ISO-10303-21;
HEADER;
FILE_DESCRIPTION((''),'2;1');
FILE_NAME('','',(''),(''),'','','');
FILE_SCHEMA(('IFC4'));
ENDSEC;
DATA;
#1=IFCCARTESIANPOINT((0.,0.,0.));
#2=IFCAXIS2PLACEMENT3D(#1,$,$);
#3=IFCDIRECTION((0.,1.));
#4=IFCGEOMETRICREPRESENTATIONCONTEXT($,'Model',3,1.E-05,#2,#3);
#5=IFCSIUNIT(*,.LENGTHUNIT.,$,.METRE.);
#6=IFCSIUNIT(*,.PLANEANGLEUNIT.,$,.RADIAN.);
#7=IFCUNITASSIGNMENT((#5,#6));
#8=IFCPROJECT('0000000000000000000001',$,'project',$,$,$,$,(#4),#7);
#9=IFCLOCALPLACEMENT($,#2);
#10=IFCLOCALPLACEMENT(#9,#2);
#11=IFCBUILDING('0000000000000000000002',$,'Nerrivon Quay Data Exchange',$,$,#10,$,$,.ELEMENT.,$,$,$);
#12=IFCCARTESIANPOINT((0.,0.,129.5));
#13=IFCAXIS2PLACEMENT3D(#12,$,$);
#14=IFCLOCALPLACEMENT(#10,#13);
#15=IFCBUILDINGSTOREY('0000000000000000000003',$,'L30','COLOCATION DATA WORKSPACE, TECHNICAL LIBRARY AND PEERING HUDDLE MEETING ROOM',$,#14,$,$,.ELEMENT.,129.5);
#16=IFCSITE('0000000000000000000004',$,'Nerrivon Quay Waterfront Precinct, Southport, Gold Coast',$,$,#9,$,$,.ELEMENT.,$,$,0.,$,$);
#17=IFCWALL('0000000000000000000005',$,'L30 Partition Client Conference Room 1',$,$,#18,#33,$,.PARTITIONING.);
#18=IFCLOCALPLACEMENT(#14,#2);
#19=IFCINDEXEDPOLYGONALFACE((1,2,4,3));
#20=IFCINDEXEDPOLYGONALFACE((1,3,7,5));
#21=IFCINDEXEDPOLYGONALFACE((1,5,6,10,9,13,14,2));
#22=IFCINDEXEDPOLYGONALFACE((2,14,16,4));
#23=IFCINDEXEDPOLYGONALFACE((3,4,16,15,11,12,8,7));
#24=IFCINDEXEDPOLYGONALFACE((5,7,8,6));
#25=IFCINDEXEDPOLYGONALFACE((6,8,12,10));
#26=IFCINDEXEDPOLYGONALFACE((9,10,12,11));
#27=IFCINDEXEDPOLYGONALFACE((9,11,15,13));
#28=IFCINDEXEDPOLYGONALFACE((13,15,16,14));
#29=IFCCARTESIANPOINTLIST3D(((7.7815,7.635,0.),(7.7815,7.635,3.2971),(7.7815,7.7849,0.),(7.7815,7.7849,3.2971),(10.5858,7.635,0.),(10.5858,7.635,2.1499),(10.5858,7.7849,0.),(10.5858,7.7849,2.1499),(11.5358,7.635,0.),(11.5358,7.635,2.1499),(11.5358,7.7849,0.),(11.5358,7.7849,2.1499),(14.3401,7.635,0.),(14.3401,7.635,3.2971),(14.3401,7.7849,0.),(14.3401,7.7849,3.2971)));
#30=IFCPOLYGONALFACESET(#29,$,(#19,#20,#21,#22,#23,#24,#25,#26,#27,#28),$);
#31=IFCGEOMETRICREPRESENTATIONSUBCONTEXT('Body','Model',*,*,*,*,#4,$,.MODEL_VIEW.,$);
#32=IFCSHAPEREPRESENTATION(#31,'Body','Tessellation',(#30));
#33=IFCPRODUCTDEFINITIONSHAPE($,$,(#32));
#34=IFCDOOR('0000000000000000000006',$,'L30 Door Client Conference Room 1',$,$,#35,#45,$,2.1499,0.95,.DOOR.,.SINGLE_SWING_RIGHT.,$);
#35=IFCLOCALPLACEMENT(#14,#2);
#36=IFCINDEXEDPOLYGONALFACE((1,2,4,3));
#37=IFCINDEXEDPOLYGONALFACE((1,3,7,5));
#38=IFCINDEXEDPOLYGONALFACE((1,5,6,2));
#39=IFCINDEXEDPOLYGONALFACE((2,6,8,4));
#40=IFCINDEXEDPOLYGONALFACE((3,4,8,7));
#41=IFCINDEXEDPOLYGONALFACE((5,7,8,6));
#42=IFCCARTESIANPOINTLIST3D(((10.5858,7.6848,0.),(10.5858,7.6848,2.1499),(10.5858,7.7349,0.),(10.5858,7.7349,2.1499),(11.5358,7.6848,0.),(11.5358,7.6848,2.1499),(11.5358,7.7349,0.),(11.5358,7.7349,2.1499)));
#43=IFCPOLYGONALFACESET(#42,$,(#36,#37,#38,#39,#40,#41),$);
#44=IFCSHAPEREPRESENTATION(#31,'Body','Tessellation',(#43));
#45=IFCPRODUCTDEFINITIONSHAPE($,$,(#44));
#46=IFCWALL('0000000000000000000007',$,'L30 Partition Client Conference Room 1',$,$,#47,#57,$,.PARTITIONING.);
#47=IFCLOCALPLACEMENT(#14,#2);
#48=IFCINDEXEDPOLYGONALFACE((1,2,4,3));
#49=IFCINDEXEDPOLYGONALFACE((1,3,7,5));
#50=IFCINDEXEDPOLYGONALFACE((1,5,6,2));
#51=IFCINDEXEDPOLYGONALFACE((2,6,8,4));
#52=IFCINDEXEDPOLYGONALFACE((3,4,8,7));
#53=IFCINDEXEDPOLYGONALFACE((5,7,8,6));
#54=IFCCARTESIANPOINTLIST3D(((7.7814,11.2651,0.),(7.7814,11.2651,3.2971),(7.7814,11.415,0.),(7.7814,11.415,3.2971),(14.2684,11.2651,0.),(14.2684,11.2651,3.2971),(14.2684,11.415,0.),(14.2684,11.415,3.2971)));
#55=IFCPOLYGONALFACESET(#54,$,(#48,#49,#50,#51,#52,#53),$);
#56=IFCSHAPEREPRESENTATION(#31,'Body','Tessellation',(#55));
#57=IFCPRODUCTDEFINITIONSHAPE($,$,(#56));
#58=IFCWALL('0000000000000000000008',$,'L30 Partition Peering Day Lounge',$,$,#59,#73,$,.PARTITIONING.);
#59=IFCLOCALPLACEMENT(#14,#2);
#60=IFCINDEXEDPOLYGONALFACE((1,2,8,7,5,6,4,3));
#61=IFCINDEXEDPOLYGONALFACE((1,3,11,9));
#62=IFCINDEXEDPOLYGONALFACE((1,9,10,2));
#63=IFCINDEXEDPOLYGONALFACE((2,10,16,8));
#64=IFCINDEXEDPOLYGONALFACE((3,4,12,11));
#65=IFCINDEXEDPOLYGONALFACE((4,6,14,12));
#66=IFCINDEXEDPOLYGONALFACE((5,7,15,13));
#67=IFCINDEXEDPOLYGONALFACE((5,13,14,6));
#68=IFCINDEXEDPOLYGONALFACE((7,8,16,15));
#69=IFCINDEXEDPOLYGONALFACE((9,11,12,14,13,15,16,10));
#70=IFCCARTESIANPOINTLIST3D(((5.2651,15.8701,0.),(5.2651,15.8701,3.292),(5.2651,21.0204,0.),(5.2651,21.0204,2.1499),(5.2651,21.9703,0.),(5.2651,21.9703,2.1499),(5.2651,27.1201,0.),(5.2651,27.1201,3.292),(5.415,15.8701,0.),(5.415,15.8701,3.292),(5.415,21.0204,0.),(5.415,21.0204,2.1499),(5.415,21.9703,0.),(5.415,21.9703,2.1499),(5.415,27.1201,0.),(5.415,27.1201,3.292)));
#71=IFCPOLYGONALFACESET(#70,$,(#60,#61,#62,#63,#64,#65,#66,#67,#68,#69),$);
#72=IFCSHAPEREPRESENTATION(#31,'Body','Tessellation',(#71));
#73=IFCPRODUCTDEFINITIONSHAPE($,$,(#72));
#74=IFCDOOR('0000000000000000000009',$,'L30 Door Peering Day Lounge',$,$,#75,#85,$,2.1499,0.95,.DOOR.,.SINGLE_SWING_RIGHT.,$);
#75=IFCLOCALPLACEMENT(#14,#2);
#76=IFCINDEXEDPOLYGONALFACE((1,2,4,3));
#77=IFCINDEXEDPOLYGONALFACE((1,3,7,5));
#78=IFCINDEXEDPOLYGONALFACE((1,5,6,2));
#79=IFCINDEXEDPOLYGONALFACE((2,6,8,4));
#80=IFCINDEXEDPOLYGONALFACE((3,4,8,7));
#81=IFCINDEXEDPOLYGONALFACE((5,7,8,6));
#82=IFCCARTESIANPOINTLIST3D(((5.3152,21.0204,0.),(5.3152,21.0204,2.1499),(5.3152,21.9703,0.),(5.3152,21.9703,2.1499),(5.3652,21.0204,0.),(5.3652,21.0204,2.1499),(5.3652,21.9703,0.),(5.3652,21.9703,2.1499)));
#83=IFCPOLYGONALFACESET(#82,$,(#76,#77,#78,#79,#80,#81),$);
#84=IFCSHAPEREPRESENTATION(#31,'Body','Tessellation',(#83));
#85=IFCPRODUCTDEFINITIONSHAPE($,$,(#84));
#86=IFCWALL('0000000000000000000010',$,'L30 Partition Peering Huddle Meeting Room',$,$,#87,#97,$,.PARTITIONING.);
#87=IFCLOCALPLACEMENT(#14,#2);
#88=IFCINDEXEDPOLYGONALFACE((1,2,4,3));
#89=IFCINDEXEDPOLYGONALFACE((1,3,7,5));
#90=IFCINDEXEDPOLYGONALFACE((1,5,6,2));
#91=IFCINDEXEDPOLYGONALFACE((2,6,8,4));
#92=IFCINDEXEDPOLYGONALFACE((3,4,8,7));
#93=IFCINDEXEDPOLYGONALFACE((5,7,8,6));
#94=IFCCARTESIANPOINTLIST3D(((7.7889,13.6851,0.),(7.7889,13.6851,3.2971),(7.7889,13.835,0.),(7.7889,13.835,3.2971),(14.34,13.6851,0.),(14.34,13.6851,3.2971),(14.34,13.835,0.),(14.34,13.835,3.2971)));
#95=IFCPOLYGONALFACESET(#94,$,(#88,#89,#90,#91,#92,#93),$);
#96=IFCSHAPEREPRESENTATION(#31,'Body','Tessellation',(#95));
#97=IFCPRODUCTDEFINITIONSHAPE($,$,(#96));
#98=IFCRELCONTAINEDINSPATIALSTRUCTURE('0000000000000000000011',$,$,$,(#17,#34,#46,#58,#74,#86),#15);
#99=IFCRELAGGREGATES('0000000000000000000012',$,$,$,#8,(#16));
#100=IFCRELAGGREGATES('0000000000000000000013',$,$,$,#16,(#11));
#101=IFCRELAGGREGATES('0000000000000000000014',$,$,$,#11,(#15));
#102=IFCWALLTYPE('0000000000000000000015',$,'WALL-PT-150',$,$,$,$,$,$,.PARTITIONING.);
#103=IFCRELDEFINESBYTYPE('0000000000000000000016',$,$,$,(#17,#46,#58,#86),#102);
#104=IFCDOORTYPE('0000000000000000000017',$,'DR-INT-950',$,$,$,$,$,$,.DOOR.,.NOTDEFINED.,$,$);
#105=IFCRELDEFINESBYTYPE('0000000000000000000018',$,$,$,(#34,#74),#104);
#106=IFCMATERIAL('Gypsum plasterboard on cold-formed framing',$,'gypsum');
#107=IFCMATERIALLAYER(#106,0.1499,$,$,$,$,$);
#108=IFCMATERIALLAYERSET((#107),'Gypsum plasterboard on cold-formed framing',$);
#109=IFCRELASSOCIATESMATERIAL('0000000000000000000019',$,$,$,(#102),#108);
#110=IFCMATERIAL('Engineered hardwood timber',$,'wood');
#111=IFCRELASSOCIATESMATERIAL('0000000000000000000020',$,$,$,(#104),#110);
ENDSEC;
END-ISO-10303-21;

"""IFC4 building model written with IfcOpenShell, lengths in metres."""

from ifc_helpers import new_model, si_unit, direction, frame, frame_2d, origin, place, context, subcontext, project, spatial, rectangle, extrude, material, layer, layer_set, type_object, element, fill, save


model = new_model("IFC4")

# Units and contexts
model_context = context("Model", 3, precision=1e-05, world=origin(), true_north=direction((0.0, 1.0)))
body_context = subcontext(model_context, "Body", "Model", "MODEL_VIEW")
ifc_project = project(units=[si_unit("LENGTHUNIT", "METRE"), si_unit("PLANEANGLEUNIT", "RADIAN")], contexts=[model_context])

# Site, building, storey
site_placement = place(None, origin())
site = spatial("IfcSite", under=ifc_project, at=site_placement, Name="Nerrivon Quay Waterfront Precinct, Southport, Gold Coast", CompositionType="ELEMENT", RefElevation=0.0)
building_placement = place(site_placement, origin())
building = spatial("IfcBuilding", under=site, at=building_placement, Name="Nerrivon Quay Data Exchange", CompositionType="ELEMENT")
storey_placement = place(building_placement, frame((0.0, 0.0, 129.5)))
storey = spatial("IfcBuildingStorey", under=building, at=storey_placement, Name="L30", Description="COLOCATION DATA WORKSPACE, TECHNICAL LIBRARY AND PEERING HUDDLE MEETING ROOM", CompositionType="ELEMENT", Elevation=129.5)

# Shared definitions
ifc_material_1 = material(Name="Gypsum plasterboard on cold-formed framing", Category="gypsum")

# Shared definitions
ifc_material_2 = material(Name="Engineered hardwood timber", Category="wood")

# Wall, opening, door
ifc_layer_1 = layer(ifc_material_1, 0.1499)
ifc_layer_set_1 = layer_set([ifc_layer_1], Name="Gypsum plasterboard on cold-formed framing")
wall_type_1 = type_object("IfcWallType", Name="WALL-PT-150", PredefinedType="PARTITIONING", material=ifc_layer_set_1)
wall_1_placement = place(storey_placement, frame((7.7815, 7.71, 0.0), z_axis=(0.0, 0.0, 1.0), x_axis=(1.0, 0.0, 0.0)))
wall_1 = element("IfcWall", 1, at=wall_1_placement, inside=storey, type_object=wall_type_1, Name="L30 Partition Client Conference Room 1", PredefinedType="PARTITIONING", context=body_context, shape_type="SweptSolid", body=[
    extrude(rectangle(XDim=6.5586, YDim=0.1499, at=frame_2d((3.2793, 0.0))), origin(), (0.0, 0.0, 1.0), 3.2971),
])
opening_1_placement = place(wall_1_placement, frame((2.8042, 0.0, 0.0)))
opening_1 = element("IfcOpeningElement", 2, at=opening_1_placement, cuts=wall_1, PredefinedType="OPENING", context=body_context, shape_type="SweptSolid", body=[
    extrude(rectangle(XDim=0.95, YDim=2.1499, at=frame_2d((0.4751, 1.075))), frame((0.0, 0.085, 0.0), z_axis=(0.0, -1.0, 0.0), x_axis=(1.0, 0.0, 0.0)), (0.0, 0.0, 1.0), 0.1699),
])
door_type_1 = type_object("IfcDoorType", Name="DR-INT-950", OperationType="NOTDEFINED", PredefinedType="DOOR", material=ifc_material_2)
door_1_placement = place(opening_1_placement, origin())
door_1 = element("IfcDoor", 3, at=door_1_placement, inside=storey, type_object=door_type_1, Name="L30 Door Client Conference Room 1", OperationType="SINGLE_SWING_RIGHT", OverallHeight=2.1499, OverallWidth=0.95, PredefinedType="DOOR", context=body_context, shape_type="SweptSolid", body=[
    extrude(rectangle(XDim=0.95, YDim=2.1499, at=frame_2d((0.4751, 1.075))), frame((0.0, 0.0249, 0.0), z_axis=(0.0, -1.0, 0.0), x_axis=(1.0, 0.0, 0.0)), (0.0, 0.0, 1.0), 0.05),
])
fill(opening_1, door_1)

# Wall
wall_2_placement = place(storey_placement, frame((14.2686, 11.3401, 0.0), z_axis=(0.0, 0.0, 1.0), x_axis=(-1.0, 0.0, 0.0)))
element("IfcWall", 4, at=wall_2_placement, inside=storey, type_object=wall_type_1, Name="L30 Partition Client Conference Room 1", PredefinedType="PARTITIONING", context=body_context, shape_type="SweptSolid", body=[
    extrude(rectangle(XDim=6.4871, YDim=0.1499, at=frame_2d((3.2437, 0.0))), origin(), (0.0, 0.0, 1.0), 3.2971),
])

# Wall, opening, door
wall_3_placement = place(storey_placement, frame((5.3401, 15.8701, 0.0), z_axis=(0.0, 0.0, 1.0), x_axis=(0.0, 1.0, 0.0)))
wall_3 = element("IfcWall", 5, at=wall_3_placement, inside=storey, type_object=wall_type_1, Name="L30 Partition Peering Day Lounge", PredefinedType="PARTITIONING", context=body_context, shape_type="SweptSolid", body=[
    extrude(rectangle(XDim=11.25, YDim=0.1499, at=frame_2d((5.625, 0.0))), origin(), (0.0, 0.0, 1.0), 3.292),
])
opening_2_placement = place(wall_3_placement, frame((5.1501, 0.0, 0.0)))
opening_2 = element("IfcOpeningElement", 6, at=opening_2_placement, cuts=wall_3, PredefinedType="OPENING", context=body_context, shape_type="SweptSolid", body=[
    extrude(rectangle(XDim=0.95, YDim=2.1499, at=frame_2d((0.4751, 1.075))), frame((0.0, 0.085, 0.0), z_axis=(0.0, -1.0, 0.0), x_axis=(1.0, 0.0, 0.0)), (0.0, 0.0, 1.0), 0.1699),
])
door_2_placement = place(opening_2_placement, origin())
door_2 = element("IfcDoor", 7, at=door_2_placement, inside=storey, type_object=door_type_1, Name="L30 Door Peering Day Lounge", OperationType="SINGLE_SWING_RIGHT", OverallHeight=2.1499, OverallWidth=0.95, PredefinedType="DOOR", context=body_context, shape_type="SweptSolid", body=[
    extrude(rectangle(XDim=0.95, YDim=2.1499, at=frame_2d((0.4751, 1.075))), frame((0.0, 0.0249, 0.0), z_axis=(0.0, -1.0, 0.0), x_axis=(1.0, 0.0, 0.0)), (0.0, 0.0, 1.0), 0.05),
])
fill(opening_2, door_2)

# Wall
wall_4_placement = place(storey_placement, frame((7.7891, 13.76, 0.0), z_axis=(0.0, 0.0, 1.0), x_axis=(1.0, 0.0, 0.0)))
element("IfcWall", 8, at=wall_4_placement, inside=storey, type_object=wall_type_1, Name="L30 Partition Peering Huddle Meeting Room", PredefinedType="PARTITIONING", context=body_context, shape_type="SweptSolid", body=[
    extrude(rectangle(XDim=6.551, YDim=0.1499, at=frame_2d((3.2754, 0.0))), origin(), (0.0, 0.0, 1.0), 3.2971),
])

save(model, "model.ifc")
